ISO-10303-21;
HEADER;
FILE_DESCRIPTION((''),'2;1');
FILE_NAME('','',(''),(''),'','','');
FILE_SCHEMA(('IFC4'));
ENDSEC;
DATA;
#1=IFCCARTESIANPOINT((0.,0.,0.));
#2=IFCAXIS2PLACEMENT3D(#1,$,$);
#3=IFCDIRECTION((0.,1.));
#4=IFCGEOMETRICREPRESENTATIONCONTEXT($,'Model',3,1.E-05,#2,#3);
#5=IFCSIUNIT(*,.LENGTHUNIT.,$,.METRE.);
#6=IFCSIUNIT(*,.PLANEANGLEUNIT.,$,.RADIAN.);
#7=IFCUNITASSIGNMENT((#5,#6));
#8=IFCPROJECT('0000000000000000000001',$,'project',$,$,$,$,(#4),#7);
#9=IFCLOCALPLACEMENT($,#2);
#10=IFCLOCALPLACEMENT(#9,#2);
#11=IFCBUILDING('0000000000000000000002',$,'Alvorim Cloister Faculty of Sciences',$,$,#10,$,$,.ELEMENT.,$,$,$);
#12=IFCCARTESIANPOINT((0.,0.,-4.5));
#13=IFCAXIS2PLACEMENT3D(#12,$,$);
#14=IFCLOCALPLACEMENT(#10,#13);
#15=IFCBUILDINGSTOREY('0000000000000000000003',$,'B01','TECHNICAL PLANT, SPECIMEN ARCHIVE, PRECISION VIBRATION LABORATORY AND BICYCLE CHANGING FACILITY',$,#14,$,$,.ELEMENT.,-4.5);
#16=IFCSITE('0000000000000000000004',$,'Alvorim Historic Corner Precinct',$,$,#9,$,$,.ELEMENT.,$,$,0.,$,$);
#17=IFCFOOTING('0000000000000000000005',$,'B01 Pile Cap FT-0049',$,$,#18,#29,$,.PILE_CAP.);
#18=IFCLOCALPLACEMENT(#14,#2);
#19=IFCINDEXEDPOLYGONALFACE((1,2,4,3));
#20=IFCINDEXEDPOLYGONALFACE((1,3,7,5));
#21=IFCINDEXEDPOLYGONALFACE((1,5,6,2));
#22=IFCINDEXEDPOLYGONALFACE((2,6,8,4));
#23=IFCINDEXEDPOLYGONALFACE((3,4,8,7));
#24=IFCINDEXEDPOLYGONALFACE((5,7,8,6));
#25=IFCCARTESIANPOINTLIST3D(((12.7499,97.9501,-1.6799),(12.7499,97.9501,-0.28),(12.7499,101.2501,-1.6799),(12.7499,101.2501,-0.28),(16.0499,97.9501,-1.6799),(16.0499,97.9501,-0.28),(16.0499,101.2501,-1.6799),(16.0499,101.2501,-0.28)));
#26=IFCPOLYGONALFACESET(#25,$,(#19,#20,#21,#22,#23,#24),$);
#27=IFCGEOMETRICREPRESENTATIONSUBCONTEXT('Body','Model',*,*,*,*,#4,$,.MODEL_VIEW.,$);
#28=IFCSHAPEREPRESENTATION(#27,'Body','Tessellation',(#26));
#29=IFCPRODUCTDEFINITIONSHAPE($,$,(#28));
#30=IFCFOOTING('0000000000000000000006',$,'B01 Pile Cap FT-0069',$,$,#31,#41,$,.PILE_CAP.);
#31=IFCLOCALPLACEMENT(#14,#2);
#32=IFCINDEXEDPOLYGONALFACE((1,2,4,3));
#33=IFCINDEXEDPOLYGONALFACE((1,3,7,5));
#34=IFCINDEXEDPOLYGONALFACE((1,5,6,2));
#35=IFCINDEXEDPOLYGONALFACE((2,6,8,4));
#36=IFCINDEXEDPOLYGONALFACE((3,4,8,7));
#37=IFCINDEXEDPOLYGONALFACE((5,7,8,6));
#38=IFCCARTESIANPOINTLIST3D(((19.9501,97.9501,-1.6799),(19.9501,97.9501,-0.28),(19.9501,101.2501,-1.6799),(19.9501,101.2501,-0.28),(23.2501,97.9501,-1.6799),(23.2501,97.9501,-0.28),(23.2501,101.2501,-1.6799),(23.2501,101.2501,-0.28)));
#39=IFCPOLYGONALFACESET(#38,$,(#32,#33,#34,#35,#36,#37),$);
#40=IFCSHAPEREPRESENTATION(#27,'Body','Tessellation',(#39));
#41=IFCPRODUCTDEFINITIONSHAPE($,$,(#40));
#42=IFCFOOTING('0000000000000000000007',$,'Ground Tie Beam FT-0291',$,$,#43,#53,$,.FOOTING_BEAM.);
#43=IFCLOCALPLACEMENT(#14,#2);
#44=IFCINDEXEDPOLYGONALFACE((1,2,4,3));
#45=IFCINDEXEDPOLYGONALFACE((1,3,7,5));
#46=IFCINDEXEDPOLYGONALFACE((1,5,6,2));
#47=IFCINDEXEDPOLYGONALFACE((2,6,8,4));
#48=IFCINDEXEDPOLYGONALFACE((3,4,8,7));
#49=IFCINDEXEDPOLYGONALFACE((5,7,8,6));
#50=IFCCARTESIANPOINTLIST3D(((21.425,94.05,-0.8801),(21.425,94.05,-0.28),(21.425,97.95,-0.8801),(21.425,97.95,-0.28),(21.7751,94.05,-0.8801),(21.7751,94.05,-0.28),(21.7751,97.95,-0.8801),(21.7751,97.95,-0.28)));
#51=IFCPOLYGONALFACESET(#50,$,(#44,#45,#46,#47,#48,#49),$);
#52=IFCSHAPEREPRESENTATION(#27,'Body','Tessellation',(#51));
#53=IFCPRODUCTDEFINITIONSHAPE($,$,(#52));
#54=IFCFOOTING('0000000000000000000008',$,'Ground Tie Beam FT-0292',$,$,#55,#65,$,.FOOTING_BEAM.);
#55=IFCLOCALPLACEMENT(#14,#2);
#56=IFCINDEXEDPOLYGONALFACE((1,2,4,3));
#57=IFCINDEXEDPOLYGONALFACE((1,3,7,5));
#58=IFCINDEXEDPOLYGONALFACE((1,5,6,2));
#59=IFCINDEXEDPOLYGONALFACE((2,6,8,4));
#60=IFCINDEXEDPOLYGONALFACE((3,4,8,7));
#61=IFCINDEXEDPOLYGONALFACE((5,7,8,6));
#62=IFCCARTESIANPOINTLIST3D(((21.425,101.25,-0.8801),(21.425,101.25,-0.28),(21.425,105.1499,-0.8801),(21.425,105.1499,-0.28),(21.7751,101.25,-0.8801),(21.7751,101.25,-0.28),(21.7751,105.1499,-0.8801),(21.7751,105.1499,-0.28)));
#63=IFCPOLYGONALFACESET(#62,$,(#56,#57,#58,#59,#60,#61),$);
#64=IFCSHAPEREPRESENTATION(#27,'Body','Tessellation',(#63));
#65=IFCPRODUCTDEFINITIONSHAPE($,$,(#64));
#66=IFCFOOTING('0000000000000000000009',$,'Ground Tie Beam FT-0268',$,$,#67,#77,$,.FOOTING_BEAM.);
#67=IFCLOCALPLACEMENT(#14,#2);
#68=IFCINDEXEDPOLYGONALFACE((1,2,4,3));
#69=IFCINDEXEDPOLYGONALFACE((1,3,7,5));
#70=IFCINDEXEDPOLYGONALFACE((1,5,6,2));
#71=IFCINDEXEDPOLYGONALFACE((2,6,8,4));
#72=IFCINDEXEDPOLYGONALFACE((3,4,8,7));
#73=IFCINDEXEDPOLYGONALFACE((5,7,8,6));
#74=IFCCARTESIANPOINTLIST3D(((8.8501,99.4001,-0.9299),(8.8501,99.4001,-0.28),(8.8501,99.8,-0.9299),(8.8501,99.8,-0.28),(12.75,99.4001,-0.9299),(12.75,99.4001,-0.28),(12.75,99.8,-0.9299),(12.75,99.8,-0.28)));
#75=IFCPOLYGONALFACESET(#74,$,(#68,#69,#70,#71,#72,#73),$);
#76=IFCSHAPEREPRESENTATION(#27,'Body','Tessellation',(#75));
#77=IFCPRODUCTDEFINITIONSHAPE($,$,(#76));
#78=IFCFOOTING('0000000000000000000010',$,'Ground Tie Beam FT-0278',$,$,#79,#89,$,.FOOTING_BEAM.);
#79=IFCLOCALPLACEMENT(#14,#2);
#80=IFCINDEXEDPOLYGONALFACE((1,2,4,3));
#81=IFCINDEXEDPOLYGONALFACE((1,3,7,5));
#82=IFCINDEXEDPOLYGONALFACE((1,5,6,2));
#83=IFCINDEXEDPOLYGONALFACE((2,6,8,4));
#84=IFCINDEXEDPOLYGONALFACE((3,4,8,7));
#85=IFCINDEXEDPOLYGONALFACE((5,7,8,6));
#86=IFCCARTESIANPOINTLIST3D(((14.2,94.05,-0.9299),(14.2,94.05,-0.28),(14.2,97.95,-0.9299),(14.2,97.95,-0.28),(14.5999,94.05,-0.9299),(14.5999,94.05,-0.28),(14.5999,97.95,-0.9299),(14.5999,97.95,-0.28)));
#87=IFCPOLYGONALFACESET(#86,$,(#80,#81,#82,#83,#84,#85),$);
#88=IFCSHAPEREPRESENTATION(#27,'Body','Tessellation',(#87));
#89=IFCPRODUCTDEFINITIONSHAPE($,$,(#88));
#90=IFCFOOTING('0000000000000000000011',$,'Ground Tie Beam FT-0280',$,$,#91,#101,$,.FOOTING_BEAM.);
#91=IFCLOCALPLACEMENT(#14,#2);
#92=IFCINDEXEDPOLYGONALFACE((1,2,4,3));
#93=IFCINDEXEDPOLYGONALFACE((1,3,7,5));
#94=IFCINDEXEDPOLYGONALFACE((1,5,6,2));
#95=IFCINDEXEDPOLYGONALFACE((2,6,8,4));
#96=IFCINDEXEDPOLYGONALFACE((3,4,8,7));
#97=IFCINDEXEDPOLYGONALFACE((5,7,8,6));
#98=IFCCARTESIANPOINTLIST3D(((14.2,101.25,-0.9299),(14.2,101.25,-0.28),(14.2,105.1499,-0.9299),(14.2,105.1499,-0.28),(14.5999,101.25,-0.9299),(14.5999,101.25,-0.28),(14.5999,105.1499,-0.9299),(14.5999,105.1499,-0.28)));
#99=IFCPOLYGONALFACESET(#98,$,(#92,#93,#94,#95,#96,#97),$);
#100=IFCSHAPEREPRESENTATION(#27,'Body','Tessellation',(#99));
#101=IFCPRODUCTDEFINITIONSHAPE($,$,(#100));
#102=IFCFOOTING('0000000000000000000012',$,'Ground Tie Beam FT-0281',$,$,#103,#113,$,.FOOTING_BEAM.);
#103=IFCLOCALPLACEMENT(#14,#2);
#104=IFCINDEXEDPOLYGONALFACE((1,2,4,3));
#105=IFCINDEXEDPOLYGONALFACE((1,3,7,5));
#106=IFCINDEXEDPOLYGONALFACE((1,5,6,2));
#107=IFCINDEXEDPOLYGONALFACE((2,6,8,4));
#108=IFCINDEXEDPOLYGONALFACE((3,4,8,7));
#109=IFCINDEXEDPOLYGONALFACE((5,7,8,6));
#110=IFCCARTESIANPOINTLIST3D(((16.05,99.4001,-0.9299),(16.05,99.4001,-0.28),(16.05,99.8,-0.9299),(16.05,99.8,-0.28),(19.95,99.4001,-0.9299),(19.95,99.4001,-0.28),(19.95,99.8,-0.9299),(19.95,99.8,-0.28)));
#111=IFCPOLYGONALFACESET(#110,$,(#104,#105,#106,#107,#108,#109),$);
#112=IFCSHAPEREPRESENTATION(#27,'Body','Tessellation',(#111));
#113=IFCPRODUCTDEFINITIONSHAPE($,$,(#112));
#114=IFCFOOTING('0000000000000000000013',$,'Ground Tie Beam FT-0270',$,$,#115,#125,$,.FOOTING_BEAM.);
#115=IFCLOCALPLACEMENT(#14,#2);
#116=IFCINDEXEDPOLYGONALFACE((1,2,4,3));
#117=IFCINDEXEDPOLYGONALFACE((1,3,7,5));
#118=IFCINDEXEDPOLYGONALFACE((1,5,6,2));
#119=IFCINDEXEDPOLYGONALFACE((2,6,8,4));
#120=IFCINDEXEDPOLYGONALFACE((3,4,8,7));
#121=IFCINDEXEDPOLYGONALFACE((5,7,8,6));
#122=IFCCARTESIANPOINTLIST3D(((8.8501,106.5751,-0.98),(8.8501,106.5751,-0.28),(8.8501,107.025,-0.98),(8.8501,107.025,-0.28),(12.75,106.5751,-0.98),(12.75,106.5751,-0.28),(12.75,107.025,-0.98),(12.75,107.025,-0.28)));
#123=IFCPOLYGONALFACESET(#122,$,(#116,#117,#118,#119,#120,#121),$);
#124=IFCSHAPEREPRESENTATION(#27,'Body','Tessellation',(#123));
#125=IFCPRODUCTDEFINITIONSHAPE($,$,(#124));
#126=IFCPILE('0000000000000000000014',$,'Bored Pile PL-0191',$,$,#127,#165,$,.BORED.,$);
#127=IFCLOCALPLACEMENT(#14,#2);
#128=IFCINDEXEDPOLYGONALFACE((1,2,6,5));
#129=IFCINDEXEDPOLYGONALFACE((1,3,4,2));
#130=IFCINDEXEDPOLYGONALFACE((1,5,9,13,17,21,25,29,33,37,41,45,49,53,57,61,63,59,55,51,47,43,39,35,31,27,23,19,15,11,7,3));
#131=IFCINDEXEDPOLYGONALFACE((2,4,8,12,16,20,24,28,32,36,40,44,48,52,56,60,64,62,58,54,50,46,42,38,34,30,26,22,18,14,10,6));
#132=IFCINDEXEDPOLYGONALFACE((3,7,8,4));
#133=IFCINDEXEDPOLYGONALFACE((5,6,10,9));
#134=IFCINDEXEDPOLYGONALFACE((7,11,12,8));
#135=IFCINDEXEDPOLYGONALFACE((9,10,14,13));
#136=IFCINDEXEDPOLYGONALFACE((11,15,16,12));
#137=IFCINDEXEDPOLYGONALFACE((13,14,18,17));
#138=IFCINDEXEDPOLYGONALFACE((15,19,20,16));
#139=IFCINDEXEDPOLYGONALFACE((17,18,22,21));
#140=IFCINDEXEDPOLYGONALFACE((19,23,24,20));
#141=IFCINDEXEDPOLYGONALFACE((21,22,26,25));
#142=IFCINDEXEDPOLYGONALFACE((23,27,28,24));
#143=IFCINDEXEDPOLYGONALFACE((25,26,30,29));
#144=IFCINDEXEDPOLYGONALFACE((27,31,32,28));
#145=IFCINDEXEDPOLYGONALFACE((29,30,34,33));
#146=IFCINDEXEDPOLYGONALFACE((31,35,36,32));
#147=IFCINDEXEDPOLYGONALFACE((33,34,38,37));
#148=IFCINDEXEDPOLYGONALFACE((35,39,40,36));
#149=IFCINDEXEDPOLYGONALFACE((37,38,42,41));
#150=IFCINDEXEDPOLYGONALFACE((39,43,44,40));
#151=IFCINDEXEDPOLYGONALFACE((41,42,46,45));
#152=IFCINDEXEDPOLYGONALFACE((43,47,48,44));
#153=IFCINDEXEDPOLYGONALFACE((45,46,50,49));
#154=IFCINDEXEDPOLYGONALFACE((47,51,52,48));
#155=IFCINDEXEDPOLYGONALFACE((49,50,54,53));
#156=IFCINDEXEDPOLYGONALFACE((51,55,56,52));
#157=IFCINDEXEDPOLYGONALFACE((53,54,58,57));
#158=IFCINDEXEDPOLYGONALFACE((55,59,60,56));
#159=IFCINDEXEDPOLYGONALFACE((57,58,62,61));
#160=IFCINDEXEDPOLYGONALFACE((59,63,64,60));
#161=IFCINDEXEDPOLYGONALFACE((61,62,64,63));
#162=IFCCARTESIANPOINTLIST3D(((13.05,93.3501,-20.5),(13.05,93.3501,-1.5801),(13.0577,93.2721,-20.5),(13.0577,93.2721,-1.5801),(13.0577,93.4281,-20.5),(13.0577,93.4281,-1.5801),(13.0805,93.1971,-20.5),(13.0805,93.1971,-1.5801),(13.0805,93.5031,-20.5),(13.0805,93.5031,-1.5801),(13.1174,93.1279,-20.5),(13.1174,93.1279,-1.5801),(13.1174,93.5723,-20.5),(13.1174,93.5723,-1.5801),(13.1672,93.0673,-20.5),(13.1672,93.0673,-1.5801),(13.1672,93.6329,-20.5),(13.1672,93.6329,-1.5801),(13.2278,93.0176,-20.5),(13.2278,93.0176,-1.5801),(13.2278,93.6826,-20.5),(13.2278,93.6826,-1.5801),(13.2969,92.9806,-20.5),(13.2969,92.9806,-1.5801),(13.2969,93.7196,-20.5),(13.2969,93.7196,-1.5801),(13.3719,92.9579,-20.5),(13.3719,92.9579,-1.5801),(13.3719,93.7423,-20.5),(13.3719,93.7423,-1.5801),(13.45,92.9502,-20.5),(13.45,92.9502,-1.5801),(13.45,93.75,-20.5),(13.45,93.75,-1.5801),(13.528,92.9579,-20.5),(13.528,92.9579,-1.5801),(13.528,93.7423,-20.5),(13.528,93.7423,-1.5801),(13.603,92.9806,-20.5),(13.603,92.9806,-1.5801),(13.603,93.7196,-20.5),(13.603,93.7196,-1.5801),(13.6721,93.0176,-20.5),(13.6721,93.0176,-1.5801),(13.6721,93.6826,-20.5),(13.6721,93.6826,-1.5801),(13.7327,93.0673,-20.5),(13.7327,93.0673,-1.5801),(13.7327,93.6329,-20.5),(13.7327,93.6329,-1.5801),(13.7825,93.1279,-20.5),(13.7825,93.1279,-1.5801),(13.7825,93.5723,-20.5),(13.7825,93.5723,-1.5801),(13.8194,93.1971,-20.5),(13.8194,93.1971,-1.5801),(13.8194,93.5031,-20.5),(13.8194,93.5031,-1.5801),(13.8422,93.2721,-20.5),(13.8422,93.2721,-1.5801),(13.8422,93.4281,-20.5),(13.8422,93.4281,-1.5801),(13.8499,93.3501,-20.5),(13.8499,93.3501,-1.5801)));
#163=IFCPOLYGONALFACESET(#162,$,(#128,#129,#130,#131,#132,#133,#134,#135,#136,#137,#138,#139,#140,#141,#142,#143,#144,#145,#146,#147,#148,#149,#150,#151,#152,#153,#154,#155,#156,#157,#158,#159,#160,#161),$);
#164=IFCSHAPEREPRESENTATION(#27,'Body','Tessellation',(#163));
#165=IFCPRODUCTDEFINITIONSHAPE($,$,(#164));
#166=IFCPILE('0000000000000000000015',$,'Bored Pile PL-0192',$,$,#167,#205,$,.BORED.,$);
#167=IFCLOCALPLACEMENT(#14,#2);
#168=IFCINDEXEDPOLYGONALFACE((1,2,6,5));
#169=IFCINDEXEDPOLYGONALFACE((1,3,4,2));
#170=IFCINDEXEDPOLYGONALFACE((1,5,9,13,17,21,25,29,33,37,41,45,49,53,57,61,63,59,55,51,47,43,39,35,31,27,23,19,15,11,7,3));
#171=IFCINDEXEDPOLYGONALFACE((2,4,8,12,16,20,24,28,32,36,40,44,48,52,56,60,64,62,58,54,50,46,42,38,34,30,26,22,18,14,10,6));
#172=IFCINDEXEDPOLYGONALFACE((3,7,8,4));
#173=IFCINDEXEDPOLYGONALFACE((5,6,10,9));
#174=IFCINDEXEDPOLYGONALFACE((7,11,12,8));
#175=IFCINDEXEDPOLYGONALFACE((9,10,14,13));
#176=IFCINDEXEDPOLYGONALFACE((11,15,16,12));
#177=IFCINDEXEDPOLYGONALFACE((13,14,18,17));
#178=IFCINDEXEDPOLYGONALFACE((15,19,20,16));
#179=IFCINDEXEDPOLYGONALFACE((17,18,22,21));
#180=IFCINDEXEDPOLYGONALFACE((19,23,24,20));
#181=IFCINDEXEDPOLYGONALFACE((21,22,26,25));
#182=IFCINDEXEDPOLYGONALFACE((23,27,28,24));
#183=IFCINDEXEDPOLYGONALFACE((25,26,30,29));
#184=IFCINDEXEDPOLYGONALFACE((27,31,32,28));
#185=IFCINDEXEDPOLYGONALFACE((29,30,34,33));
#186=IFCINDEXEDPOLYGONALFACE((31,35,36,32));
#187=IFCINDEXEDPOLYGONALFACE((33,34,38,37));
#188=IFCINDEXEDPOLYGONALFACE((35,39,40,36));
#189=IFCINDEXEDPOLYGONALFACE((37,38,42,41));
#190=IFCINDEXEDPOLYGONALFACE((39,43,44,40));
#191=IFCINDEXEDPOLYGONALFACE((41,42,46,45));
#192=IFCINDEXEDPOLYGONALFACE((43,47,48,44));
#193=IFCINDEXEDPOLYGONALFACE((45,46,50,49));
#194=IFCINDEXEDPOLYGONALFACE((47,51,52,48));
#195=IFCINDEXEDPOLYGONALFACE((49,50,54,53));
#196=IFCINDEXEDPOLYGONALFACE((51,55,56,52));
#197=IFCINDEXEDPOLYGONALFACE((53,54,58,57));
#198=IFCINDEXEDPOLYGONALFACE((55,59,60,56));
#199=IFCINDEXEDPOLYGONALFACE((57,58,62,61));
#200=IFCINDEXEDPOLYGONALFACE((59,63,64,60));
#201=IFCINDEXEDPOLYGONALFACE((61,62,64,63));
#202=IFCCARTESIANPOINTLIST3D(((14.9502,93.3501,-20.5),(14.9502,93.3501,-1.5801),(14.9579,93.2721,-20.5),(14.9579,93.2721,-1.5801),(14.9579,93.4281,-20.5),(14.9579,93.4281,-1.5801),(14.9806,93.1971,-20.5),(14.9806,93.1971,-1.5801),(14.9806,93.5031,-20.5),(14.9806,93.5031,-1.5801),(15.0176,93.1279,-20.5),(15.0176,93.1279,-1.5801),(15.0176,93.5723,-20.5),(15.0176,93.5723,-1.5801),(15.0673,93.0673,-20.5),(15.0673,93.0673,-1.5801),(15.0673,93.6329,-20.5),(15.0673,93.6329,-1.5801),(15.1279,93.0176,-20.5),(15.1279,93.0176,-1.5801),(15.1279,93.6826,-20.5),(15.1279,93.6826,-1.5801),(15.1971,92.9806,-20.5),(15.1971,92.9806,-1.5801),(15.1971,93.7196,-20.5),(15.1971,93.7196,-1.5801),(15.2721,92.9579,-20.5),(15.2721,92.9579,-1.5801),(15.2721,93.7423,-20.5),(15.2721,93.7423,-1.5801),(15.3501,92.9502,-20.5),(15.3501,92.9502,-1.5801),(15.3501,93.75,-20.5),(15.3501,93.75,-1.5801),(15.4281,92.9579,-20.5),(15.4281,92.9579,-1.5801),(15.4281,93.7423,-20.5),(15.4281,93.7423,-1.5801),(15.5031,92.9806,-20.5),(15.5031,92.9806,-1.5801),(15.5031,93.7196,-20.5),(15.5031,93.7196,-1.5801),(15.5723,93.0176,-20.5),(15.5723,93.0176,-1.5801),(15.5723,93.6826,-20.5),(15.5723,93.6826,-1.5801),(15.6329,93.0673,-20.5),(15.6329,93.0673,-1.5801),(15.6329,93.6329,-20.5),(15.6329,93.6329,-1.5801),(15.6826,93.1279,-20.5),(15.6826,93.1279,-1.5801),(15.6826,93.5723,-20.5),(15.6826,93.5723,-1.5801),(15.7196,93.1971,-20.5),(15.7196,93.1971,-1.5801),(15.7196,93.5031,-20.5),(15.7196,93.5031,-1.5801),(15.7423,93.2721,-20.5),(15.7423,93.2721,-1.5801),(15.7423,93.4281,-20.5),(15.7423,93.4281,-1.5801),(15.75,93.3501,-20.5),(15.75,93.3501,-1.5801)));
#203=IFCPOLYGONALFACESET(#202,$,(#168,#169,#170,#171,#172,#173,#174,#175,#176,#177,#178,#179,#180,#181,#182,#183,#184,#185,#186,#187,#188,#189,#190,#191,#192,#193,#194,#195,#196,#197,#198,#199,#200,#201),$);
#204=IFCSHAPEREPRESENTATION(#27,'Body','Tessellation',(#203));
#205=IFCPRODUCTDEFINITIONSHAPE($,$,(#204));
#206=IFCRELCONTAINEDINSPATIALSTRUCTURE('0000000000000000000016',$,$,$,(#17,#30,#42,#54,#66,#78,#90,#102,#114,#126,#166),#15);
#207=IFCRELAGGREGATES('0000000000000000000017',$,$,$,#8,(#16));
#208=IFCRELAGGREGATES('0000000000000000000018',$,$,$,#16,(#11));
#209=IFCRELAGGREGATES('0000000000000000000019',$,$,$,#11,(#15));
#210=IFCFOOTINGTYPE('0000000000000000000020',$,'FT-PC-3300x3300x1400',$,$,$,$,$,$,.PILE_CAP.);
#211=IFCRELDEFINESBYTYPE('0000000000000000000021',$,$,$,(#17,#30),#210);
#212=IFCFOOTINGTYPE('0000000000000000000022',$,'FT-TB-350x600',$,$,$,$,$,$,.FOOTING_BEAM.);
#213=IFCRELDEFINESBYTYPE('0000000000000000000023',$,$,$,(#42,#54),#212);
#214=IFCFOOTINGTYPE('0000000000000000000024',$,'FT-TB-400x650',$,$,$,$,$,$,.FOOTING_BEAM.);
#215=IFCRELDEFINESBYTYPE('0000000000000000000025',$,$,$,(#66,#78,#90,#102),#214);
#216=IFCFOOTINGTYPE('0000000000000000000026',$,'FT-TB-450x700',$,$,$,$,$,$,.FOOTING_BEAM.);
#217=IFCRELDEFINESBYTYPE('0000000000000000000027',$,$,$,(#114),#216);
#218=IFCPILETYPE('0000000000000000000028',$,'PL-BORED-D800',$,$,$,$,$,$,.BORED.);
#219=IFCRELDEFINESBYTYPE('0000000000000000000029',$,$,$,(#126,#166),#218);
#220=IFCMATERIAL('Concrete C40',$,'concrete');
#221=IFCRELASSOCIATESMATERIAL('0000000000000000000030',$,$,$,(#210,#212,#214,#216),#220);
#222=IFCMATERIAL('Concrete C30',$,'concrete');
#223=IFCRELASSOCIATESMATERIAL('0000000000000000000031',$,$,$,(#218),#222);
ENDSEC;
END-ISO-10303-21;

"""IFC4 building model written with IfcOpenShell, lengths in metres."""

from ifc_helpers import new_model, si_unit, direction, frame, origin, origin_2d, place, context, subcontext, project, spatial, rectangle, circle, extrude, material, material_profile, profile_set, type_object, element, save


model = new_model("IFC4")

# Units and contexts
model_context = context("Model", 3, precision=1e-05, world=origin(), true_north=direction((0.0, 1.0)))
body_context = subcontext(model_context, "Body", "Model", "MODEL_VIEW")
ifc_project = project(units=[si_unit("LENGTHUNIT", "METRE"), si_unit("PLANEANGLEUNIT", "RADIAN")], contexts=[model_context])

# Site, building, storey
site_placement = place(None, origin())
site = spatial("IfcSite", under=ifc_project, at=site_placement, Name="Alvorim Historic Corner Precinct", CompositionType="ELEMENT", RefElevation=0.0)
building_placement = place(site_placement, origin())
building = spatial("IfcBuilding", under=site, at=building_placement, Name="Alvorim Cloister Faculty of Sciences", CompositionType="ELEMENT")
storey_placement = place(building_placement, frame((0.0, 0.0, -4.5)))
storey = spatial("IfcBuildingStorey", under=building, at=storey_placement, Name="B01", Description="TECHNICAL PLANT, SPECIMEN ARCHIVE, PRECISION VIBRATION LABORATORY AND BICYCLE CHANGING FACILITY", CompositionType="ELEMENT", Elevation=-4.5)

# Footings
ifc_material_1 = material(Name="Concrete C40", Category="concrete")
footing_type_1 = type_object("IfcFootingType", Name="FT-PC-3300x3300x1400", PredefinedType="PILE_CAP", material=ifc_material_1)
for number, where, z_axis, x_axis, name in (
    (1, (14.3999, 99.6001, -1.6799), (0.0, 0.0, 1.0), (1.0, 0.0, 0.0), "B01 Pile Cap FT-0049"),
    (2, (21.6001, 99.6001, -1.6799), (0.0, 0.0, 1.0), (1.0, 0.0, 0.0), "B01 Pile Cap FT-0069"),
):
    element("IfcFooting", number, at=place(storey_placement, frame(where, z_axis=z_axis, x_axis=x_axis)), inside=storey, type_object=footing_type_1, Name=name, PredefinedType="PILE_CAP", context=body_context, shape_type="SweptSolid", body=[
        extrude(rectangle(XDim=3.3, YDim=3.3, at=origin_2d()), origin(), (0.0, 0.0, 1.0), 1.3999),
    ])
footing_type_2 = type_object("IfcFootingType", Name="FT-TB-350x600", PredefinedType="FOOTING_BEAM", material=ifc_material_1)
for number, where, z_axis, x_axis, name in (
    (3, (21.6001, 96.0, -0.8801), (0.0, 0.0, 1.0), (1.0, 0.0, 0.0), "Ground Tie Beam FT-0291"),
    (4, (21.6001, 103.2, -0.8801), (0.0, 0.0, 1.0), (1.0, 0.0, 0.0), "Ground Tie Beam FT-0292"),
):
    element("IfcFooting", number, at=place(storey_placement, frame(where, z_axis=z_axis, x_axis=x_axis)), inside=storey, type_object=footing_type_2, Name=name, PredefinedType="FOOTING_BEAM", context=body_context, shape_type="SweptSolid", body=[
        extrude(rectangle(XDim=0.3501, YDim=3.8999, at=origin_2d()), origin(), (0.0, 0.0, 1.0), 0.6001),
    ])
footing_type_3 = type_object("IfcFootingType", Name="FT-TB-400x650", PredefinedType="FOOTING_BEAM", material=ifc_material_1)
footing_1_placement = place(storey_placement, frame((10.8, 99.6001, -0.9299), z_axis=(0.0, 0.0, 1.0), x_axis=(1.0, 0.0, 0.0)))
element("IfcFooting", 5, at=footing_1_placement, inside=storey, type_object=footing_type_3, Name="Ground Tie Beam FT-0268", PredefinedType="FOOTING_BEAM", context=body_context, shape_type="SweptSolid", body=[
    extrude(rectangle(XDim=3.8999, YDim=0.3999, at=origin_2d()), origin(), (0.0, 0.0, 1.0), 0.6499),
])
for number, where, z_axis, x_axis, name in (
    (6, (14.3999, 96.0, -0.9299), (0.0, 0.0, 1.0), (1.0, 0.0, 0.0), "Ground Tie Beam FT-0278"),
    (7, (14.3999, 103.2, -0.9299), (0.0, 0.0, 1.0), (1.0, 0.0, 0.0), "Ground Tie Beam FT-0280"),
):
    element("IfcFooting", number, at=place(storey_placement, frame(where, z_axis=z_axis, x_axis=x_axis)), inside=storey, type_object=footing_type_3, Name=name, PredefinedType="FOOTING_BEAM", context=body_context, shape_type="SweptSolid", body=[
        extrude(rectangle(XDim=0.3999, YDim=3.8999, at=origin_2d()), origin(), (0.0, 0.0, 1.0), 0.6499),
    ])
footing_2_placement = place(storey_placement, frame((18.0, 99.6001, -0.9299), z_axis=(0.0, 0.0, 1.0), x_axis=(1.0, 0.0, 0.0)))
element("IfcFooting", 8, at=footing_2_placement, inside=storey, type_object=footing_type_3, Name="Ground Tie Beam FT-0281", PredefinedType="FOOTING_BEAM", context=body_context, shape_type="SweptSolid", body=[
    extrude(rectangle(XDim=3.8999, YDim=0.3999, at=origin_2d()), origin(), (0.0, 0.0, 1.0), 0.6499),
])
footing_type_4 = type_object("IfcFootingType", Name="FT-TB-450x700", PredefinedType="FOOTING_BEAM", material=ifc_material_1)
footing_3_placement = place(storey_placement, frame((10.8, 106.8, -0.98), z_axis=(0.0, 0.0, 1.0), x_axis=(1.0, 0.0, 0.0)))
element("IfcFooting", 9, at=footing_3_placement, inside=storey, type_object=footing_type_4, Name="Ground Tie Beam FT-0270", PredefinedType="FOOTING_BEAM", context=body_context, shape_type="SweptSolid", body=[
    extrude(rectangle(XDim=3.8999, YDim=0.45, at=origin_2d()), origin(), (0.0, 0.0, 1.0), 0.7),
])

# Piles
ifc_material_2 = material(Name="Concrete C30", Category="concrete")
ifc_material_profile_1 = material_profile(ifc_material_2, circle(Radius=0.3999, at=origin_2d()), Name="PILE-D800")
ifc_profile_set_1 = profile_set([ifc_material_profile_1], Name="Concrete C30")
pile_type = type_object("IfcPileType", Name="PL-BORED-D800", PredefinedType="BORED", material=ifc_profile_set_1)
for number, where, z_axis, x_axis, name in (
    (10, (13.45, 93.3501, -1.5801), (0.0, 0.0, -1.0), (1.0, 0.0, 0.0), "Bored Pile PL-0191"),
    (11, (15.3501, 93.3501, -1.5801), (0.0, 0.0, -1.0), (1.0, 0.0, 0.0), "Bored Pile PL-0192"),
):
    element("IfcPile", number, at=place(storey_placement, frame(where, z_axis=z_axis, x_axis=x_axis)), inside=storey, type_object=pile_type, Name=name, PredefinedType="BORED", context=body_context, shape_type="SweptSolid", body=[
        extrude(circle(Radius=0.3999, at=origin_2d()), origin(), (0.0, 0.0, 1.0), 18.9199),
    ])

save(model, "model.ifc")
